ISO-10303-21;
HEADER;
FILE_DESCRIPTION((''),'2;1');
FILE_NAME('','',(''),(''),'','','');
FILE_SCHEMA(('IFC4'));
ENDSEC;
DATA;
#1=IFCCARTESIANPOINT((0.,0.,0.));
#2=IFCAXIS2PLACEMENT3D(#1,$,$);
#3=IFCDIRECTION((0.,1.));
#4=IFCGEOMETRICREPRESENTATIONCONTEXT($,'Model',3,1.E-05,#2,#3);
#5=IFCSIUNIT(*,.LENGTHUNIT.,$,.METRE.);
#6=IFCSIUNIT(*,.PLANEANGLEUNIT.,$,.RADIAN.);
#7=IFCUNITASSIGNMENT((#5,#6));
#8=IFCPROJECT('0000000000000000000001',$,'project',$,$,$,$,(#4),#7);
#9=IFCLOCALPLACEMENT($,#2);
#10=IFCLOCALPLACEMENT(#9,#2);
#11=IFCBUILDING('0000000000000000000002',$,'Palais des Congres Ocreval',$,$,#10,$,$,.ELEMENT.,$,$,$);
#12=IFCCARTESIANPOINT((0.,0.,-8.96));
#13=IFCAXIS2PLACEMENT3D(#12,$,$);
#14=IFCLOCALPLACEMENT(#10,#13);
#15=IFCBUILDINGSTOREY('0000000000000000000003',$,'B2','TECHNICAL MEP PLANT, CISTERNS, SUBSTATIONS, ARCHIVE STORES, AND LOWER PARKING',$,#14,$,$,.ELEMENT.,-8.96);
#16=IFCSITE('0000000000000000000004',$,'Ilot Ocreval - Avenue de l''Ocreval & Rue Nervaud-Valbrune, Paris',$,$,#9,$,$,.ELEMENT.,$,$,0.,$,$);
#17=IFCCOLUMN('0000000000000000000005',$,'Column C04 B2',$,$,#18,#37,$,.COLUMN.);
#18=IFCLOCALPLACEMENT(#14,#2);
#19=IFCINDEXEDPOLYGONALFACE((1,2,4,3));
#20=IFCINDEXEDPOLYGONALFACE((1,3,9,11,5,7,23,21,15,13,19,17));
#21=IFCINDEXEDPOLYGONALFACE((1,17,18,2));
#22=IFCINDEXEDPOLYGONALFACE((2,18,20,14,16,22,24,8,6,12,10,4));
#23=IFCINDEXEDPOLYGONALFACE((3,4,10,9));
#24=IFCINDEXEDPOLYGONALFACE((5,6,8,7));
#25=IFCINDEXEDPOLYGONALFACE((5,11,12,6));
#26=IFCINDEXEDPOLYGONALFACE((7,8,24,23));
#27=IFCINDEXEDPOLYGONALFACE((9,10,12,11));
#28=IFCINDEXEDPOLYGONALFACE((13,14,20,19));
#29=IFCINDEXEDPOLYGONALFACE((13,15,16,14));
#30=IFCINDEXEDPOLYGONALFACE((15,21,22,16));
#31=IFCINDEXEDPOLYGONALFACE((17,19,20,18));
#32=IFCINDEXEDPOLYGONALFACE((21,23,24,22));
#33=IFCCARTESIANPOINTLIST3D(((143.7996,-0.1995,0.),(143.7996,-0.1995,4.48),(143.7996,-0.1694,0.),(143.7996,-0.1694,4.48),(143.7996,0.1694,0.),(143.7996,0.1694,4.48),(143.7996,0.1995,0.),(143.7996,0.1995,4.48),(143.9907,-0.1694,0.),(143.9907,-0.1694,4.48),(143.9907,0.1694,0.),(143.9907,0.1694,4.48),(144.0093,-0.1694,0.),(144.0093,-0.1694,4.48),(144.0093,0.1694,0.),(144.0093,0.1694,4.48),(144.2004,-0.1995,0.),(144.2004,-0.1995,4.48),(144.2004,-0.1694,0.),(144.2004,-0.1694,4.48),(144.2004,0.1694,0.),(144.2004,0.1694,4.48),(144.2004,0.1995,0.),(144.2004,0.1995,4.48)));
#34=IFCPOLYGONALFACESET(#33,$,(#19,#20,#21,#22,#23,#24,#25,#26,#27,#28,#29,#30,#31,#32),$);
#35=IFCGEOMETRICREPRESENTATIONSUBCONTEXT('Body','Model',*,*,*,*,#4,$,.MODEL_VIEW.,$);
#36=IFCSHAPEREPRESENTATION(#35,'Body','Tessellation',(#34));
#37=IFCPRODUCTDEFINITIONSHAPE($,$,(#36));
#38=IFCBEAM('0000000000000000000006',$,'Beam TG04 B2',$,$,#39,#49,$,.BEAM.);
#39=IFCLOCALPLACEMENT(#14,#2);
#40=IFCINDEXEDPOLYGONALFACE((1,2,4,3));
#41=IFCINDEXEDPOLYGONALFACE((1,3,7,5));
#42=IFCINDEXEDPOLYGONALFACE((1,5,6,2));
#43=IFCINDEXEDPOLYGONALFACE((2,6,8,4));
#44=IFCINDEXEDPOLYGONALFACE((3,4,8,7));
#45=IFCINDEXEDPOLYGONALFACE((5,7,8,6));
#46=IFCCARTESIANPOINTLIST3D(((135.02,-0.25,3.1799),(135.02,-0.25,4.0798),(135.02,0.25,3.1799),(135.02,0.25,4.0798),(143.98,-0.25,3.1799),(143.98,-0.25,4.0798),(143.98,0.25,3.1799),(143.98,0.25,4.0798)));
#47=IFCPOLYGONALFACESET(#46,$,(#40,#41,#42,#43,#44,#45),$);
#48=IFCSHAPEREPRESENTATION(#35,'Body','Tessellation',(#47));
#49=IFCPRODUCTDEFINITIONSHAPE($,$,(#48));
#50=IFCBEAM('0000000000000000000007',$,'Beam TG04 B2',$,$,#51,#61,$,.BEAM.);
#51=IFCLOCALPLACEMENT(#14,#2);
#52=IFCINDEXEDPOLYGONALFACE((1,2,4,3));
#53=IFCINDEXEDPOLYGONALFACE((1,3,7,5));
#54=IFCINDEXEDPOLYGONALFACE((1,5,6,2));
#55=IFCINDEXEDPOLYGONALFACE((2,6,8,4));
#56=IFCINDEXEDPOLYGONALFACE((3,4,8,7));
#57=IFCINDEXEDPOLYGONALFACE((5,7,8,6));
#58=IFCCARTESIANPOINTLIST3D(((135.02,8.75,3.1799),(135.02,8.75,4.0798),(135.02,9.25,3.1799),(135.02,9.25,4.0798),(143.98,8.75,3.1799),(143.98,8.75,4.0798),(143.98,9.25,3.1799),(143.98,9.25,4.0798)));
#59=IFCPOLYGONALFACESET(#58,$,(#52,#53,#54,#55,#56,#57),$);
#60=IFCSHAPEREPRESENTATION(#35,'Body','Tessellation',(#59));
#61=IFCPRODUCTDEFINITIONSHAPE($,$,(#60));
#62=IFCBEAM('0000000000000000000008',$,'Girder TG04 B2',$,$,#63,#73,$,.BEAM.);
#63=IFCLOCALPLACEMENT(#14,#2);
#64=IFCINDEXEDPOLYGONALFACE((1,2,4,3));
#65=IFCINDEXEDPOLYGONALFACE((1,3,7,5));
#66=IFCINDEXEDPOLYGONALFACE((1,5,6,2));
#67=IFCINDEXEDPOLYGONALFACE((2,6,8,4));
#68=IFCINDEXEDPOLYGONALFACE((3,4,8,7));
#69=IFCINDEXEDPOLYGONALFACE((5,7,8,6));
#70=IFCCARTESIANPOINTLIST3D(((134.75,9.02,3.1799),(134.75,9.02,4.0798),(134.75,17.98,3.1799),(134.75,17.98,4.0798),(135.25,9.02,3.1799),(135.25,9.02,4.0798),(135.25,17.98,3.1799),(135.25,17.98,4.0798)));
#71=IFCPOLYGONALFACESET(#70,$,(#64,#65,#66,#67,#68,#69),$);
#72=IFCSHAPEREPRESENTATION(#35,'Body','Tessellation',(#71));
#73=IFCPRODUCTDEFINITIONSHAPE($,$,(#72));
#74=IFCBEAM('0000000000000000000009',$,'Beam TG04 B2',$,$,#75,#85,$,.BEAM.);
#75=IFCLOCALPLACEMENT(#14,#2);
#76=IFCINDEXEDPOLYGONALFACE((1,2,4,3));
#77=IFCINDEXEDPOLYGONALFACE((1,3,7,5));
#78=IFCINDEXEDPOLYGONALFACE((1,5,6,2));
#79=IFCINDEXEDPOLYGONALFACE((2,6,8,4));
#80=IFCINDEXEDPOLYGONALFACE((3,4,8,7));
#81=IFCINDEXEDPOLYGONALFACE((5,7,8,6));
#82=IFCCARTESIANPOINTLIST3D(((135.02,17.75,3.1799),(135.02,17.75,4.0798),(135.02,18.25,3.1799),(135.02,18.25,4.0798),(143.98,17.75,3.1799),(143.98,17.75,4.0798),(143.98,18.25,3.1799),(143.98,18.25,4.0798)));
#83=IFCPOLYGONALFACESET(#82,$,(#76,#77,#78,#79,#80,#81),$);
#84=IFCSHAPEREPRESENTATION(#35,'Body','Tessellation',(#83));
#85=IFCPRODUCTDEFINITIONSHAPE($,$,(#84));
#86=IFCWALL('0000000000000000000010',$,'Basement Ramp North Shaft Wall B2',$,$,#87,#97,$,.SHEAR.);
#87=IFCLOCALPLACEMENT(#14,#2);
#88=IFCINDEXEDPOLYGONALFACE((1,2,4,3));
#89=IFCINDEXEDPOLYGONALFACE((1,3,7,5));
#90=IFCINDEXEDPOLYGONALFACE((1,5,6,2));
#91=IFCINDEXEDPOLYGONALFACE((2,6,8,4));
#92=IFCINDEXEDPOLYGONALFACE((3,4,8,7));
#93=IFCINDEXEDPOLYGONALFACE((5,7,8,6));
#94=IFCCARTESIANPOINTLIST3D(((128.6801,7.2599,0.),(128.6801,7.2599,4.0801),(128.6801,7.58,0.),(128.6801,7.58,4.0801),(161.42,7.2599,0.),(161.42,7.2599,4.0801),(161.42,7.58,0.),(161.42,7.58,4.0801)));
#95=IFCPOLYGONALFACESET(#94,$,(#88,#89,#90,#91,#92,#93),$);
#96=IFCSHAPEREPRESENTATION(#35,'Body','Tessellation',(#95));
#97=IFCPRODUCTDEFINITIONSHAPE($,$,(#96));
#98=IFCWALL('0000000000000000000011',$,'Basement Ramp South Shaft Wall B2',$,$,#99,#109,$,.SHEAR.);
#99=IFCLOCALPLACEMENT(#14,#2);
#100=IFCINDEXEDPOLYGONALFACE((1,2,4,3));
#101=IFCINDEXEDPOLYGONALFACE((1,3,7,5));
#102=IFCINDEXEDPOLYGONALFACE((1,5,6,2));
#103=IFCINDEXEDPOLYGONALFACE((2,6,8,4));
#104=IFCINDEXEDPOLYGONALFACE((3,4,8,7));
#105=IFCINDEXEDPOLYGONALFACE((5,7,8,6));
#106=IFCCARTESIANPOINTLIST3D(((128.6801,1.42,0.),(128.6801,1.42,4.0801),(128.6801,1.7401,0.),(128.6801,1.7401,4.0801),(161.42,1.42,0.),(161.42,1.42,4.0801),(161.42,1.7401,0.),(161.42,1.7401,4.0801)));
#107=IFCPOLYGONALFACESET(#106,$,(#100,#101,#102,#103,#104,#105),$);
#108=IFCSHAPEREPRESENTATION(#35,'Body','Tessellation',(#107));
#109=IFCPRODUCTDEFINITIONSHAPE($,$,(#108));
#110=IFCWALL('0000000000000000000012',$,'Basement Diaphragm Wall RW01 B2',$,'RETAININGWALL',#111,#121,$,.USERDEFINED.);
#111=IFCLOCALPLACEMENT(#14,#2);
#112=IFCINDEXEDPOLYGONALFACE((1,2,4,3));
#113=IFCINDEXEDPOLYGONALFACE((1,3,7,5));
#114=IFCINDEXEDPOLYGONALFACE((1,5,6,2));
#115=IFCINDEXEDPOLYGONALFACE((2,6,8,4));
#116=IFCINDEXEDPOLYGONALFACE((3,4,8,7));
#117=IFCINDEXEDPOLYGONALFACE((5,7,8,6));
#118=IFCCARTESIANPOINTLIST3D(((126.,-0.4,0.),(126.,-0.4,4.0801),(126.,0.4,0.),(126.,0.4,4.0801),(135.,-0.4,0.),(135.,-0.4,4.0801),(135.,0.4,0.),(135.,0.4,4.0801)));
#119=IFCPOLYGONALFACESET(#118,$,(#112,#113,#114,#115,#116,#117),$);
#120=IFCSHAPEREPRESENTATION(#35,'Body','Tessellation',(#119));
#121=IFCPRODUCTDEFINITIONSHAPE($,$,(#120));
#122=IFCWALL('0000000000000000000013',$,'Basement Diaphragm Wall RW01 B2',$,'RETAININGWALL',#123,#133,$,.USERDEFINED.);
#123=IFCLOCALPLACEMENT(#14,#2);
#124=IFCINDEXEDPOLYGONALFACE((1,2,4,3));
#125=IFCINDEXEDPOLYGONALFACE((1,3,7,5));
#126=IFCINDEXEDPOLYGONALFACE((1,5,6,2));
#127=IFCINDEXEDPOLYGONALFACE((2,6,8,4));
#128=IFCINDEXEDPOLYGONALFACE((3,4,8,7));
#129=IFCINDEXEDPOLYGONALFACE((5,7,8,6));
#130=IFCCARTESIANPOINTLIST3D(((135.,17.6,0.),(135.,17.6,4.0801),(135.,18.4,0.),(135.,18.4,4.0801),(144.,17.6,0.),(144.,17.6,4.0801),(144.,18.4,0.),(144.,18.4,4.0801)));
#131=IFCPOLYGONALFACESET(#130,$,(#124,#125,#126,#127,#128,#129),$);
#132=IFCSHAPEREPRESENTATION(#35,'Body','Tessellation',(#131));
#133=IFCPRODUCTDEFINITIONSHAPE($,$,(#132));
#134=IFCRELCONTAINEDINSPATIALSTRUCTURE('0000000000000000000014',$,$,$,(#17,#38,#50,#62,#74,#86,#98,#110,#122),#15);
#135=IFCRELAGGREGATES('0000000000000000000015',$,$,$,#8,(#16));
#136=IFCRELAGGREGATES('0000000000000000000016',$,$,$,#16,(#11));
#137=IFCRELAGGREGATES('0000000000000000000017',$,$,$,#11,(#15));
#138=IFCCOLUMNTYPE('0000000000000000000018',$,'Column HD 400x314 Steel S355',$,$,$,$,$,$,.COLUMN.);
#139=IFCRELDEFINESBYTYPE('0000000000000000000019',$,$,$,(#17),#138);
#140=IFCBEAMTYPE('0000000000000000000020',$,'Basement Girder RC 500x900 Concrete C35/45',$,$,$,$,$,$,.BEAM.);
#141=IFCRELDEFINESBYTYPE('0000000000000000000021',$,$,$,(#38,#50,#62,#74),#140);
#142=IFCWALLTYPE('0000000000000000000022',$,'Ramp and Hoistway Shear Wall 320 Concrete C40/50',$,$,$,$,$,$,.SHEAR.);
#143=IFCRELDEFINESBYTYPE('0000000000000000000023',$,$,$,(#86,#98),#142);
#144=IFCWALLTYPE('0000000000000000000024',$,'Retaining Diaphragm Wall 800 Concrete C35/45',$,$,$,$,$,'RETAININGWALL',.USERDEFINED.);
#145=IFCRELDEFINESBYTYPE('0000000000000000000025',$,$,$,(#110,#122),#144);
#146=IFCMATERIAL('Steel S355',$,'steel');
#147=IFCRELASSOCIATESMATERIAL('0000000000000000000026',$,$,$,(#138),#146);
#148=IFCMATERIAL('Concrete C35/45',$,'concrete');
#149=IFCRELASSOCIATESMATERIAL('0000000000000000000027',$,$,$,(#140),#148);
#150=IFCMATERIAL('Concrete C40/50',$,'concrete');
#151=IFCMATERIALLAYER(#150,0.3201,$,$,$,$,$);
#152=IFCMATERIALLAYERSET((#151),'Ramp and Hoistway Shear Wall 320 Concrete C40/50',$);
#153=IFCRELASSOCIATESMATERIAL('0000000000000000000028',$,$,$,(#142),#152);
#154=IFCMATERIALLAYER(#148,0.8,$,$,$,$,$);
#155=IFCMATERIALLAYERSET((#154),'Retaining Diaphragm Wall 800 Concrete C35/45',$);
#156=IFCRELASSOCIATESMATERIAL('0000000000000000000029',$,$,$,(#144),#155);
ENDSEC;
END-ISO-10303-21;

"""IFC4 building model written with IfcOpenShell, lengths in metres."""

from ifc_helpers import new_model, si_unit, direction, frame, frame_2d, origin, origin_2d, place, context, subcontext, project, spatial, rectangle, i_section, extrude, material, layer, layer_set, material_profile, profile_set, type_object, element, save


model = new_model("IFC4")

# Units and contexts
model_context = context("Model", 3, precision=1e-05, world=origin(), true_north=direction((0.0, 1.0)))
body_context = subcontext(model_context, "Body", "Model", "MODEL_VIEW")
ifc_project = project(units=[si_unit("LENGTHUNIT", "METRE"), si_unit("PLANEANGLEUNIT", "RADIAN")], contexts=[model_context])

# Site, building, storey
site_placement = place(None, origin())
site = spatial("IfcSite", under=ifc_project, at=site_placement, Name="Ilot Ocreval - Avenue de l'Ocreval & Rue Nervaud-Valbrune, Paris", CompositionType="ELEMENT", RefElevation=0.0)
building_placement = place(site_placement, origin())
building = spatial("IfcBuilding", under=site, at=building_placement, Name="Palais des Congres Ocreval", CompositionType="ELEMENT")
storey_placement = place(building_placement, frame((0.0, 0.0, -8.96)))
storey = spatial("IfcBuildingStorey", under=building, at=storey_placement, Name="B2", Description="TECHNICAL MEP PLANT, CISTERNS, SUBSTATIONS, ARCHIVE STORES, AND LOWER PARKING", CompositionType="ELEMENT", Elevation=-8.96)

# Shared definitions
ifc_material_1 = material(Name="Concrete C35/45", Category="concrete")

# Column
ifc_material_2 = material(Name="Steel S355", Category="steel")
ifc_material_profile_1 = material_profile(ifc_material_2, i_section(OverallWidth=0.4009, OverallDepth=0.3989, WebThickness=0.0186, FlangeThickness=0.03, at=origin_2d()), Name="HD 400x314")
ifc_profile_set_1 = profile_set([ifc_material_profile_1], Name="Steel S355")
column_type = type_object("IfcColumnType", Name="Column HD 400x314 Steel S355", PredefinedType="COLUMN", material=ifc_profile_set_1)
for number, where, z_axis, x_axis, name in (
    (1, (144.0, 0.0, 0.0), (0.0, 0.0, 1.0), (1.0, 0.0, 0.0), "Column C04 B2"),
):
    element("IfcColumn", number, at=place(storey_placement, frame(where, z_axis=z_axis, x_axis=x_axis)), inside=storey, type_object=column_type, Name=name, PredefinedType="COLUMN", context=body_context, shape_type="SweptSolid", body=[
        extrude(i_section(OverallWidth=0.4009, OverallDepth=0.3989, WebThickness=0.0186, FlangeThickness=0.03, at=origin_2d()), origin(), (0.0, 0.0, 1.0), 4.48),
    ])

# Beams
ifc_material_profile_2 = material_profile(ifc_material_1, rectangle(XDim=0.5, YDim=0.8999, at=origin_2d()), Name="RC 500x900")
ifc_profile_set_2 = profile_set([ifc_material_profile_2], Name="Concrete C35/45")
beam_type = type_object("IfcBeamType", Name="Basement Girder RC 500x900 Concrete C35/45", PredefinedType="BEAM", material=ifc_profile_set_2)
for number, where, z_axis, x_axis, name in (
    (2, (135.02, 0.0, 3.6299), (1.0, 0.0, 0.0), (0.0, 1.0, 0.0), "Beam TG04 B2"),
    (3, (135.02, 9.0, 3.6299), (1.0, 0.0, 0.0), (0.0, 1.0, 0.0), "Beam TG04 B2"),
    (4, (135.0, 9.02, 3.6299), (0.0, 1.0, 0.0), (-1.0, 0.0, 0.0), "Girder TG04 B2"),
    (5, (135.02, 18.0, 3.6299), (1.0, 0.0, 0.0), (0.0, 1.0, 0.0), "Beam TG04 B2"),
):
    element("IfcBeam", number, at=place(storey_placement, frame(where, z_axis=z_axis, x_axis=x_axis)), inside=storey, type_object=beam_type, Name=name, PredefinedType="BEAM", context=body_context, shape_type="SweptSolid", body=[
        extrude(rectangle(XDim=0.5, YDim=0.8999, at=origin_2d()), origin(), (0.0, 0.0, 1.0), 8.96),
    ])

# Walls
ifc_material_3 = material(Name="Concrete C40/50", Category="concrete")
ifc_layer_1 = layer(ifc_material_3, 0.3201)
ifc_layer_set_1 = layer_set([ifc_layer_1], Name="Ramp and Hoistway Shear Wall 320 Concrete C40/50")
wall_type_1 = type_object("IfcWallType", Name="Ramp and Hoistway Shear Wall 320 Concrete C40/50", PredefinedType="SHEAR", material=ifc_layer_set_1)
for number, where, z_axis, x_axis, name in (
    (6, (128.6799, 7.4199, 0.0), (0.0, 0.0, 1.0), (1.0, 0.0, 0.0), "Basement Ramp North Shaft Wall B2"),
    (7, (128.6799, 1.5801, 0.0), (0.0, 0.0, 1.0), (1.0, 0.0, 0.0), "Basement Ramp South Shaft Wall B2"),
):
    element("IfcWall", number, at=place(storey_placement, frame(where, z_axis=z_axis, x_axis=x_axis)), inside=storey, type_object=wall_type_1, Name=name, PredefinedType="SHEAR", context=body_context, shape_type="SweptSolid", body=[
        extrude(rectangle(XDim=32.74, YDim=0.3201, at=frame_2d((16.3701, 0.0))), origin(), (0.0, 0.0, 1.0), 4.0801),
    ])
ifc_layer_2 = layer(ifc_material_1, 0.8)
ifc_layer_set_2 = layer_set([ifc_layer_2], Name="Retaining Diaphragm Wall 800 Concrete C35/45")
wall_type_2 = type_object("IfcWallType", Name="Retaining Diaphragm Wall 800 Concrete C35/45", ElementType="RETAININGWALL", PredefinedType="USERDEFINED", material=ifc_layer_set_2)
for number, where, z_axis, x_axis, name in (
    (8, (135.0, 0.0, 0.0), (0.0, 0.0, 1.0), (-1.0, 0.0, 0.0), "Basement Diaphragm Wall RW01 B2"),
    (9, (135.0, 18.0, 0.0), (0.0, 0.0, 1.0), (1.0, 0.0, 0.0), "Basement Diaphragm Wall RW01 B2"),
):
    element("IfcWall", number, at=place(storey_placement, frame(where, z_axis=z_axis, x_axis=x_axis)), inside=storey, type_object=wall_type_2, Name=name, ObjectType="RETAININGWALL", PredefinedType="USERDEFINED", context=body_context, shape_type="SweptSolid", body=[
        extrude(rectangle(XDim=9.0, YDim=0.8, at=frame_2d((4.5, 0.0))), origin(), (0.0, 0.0, 1.0), 4.0801),
    ])

save(model, "model.ifc")
